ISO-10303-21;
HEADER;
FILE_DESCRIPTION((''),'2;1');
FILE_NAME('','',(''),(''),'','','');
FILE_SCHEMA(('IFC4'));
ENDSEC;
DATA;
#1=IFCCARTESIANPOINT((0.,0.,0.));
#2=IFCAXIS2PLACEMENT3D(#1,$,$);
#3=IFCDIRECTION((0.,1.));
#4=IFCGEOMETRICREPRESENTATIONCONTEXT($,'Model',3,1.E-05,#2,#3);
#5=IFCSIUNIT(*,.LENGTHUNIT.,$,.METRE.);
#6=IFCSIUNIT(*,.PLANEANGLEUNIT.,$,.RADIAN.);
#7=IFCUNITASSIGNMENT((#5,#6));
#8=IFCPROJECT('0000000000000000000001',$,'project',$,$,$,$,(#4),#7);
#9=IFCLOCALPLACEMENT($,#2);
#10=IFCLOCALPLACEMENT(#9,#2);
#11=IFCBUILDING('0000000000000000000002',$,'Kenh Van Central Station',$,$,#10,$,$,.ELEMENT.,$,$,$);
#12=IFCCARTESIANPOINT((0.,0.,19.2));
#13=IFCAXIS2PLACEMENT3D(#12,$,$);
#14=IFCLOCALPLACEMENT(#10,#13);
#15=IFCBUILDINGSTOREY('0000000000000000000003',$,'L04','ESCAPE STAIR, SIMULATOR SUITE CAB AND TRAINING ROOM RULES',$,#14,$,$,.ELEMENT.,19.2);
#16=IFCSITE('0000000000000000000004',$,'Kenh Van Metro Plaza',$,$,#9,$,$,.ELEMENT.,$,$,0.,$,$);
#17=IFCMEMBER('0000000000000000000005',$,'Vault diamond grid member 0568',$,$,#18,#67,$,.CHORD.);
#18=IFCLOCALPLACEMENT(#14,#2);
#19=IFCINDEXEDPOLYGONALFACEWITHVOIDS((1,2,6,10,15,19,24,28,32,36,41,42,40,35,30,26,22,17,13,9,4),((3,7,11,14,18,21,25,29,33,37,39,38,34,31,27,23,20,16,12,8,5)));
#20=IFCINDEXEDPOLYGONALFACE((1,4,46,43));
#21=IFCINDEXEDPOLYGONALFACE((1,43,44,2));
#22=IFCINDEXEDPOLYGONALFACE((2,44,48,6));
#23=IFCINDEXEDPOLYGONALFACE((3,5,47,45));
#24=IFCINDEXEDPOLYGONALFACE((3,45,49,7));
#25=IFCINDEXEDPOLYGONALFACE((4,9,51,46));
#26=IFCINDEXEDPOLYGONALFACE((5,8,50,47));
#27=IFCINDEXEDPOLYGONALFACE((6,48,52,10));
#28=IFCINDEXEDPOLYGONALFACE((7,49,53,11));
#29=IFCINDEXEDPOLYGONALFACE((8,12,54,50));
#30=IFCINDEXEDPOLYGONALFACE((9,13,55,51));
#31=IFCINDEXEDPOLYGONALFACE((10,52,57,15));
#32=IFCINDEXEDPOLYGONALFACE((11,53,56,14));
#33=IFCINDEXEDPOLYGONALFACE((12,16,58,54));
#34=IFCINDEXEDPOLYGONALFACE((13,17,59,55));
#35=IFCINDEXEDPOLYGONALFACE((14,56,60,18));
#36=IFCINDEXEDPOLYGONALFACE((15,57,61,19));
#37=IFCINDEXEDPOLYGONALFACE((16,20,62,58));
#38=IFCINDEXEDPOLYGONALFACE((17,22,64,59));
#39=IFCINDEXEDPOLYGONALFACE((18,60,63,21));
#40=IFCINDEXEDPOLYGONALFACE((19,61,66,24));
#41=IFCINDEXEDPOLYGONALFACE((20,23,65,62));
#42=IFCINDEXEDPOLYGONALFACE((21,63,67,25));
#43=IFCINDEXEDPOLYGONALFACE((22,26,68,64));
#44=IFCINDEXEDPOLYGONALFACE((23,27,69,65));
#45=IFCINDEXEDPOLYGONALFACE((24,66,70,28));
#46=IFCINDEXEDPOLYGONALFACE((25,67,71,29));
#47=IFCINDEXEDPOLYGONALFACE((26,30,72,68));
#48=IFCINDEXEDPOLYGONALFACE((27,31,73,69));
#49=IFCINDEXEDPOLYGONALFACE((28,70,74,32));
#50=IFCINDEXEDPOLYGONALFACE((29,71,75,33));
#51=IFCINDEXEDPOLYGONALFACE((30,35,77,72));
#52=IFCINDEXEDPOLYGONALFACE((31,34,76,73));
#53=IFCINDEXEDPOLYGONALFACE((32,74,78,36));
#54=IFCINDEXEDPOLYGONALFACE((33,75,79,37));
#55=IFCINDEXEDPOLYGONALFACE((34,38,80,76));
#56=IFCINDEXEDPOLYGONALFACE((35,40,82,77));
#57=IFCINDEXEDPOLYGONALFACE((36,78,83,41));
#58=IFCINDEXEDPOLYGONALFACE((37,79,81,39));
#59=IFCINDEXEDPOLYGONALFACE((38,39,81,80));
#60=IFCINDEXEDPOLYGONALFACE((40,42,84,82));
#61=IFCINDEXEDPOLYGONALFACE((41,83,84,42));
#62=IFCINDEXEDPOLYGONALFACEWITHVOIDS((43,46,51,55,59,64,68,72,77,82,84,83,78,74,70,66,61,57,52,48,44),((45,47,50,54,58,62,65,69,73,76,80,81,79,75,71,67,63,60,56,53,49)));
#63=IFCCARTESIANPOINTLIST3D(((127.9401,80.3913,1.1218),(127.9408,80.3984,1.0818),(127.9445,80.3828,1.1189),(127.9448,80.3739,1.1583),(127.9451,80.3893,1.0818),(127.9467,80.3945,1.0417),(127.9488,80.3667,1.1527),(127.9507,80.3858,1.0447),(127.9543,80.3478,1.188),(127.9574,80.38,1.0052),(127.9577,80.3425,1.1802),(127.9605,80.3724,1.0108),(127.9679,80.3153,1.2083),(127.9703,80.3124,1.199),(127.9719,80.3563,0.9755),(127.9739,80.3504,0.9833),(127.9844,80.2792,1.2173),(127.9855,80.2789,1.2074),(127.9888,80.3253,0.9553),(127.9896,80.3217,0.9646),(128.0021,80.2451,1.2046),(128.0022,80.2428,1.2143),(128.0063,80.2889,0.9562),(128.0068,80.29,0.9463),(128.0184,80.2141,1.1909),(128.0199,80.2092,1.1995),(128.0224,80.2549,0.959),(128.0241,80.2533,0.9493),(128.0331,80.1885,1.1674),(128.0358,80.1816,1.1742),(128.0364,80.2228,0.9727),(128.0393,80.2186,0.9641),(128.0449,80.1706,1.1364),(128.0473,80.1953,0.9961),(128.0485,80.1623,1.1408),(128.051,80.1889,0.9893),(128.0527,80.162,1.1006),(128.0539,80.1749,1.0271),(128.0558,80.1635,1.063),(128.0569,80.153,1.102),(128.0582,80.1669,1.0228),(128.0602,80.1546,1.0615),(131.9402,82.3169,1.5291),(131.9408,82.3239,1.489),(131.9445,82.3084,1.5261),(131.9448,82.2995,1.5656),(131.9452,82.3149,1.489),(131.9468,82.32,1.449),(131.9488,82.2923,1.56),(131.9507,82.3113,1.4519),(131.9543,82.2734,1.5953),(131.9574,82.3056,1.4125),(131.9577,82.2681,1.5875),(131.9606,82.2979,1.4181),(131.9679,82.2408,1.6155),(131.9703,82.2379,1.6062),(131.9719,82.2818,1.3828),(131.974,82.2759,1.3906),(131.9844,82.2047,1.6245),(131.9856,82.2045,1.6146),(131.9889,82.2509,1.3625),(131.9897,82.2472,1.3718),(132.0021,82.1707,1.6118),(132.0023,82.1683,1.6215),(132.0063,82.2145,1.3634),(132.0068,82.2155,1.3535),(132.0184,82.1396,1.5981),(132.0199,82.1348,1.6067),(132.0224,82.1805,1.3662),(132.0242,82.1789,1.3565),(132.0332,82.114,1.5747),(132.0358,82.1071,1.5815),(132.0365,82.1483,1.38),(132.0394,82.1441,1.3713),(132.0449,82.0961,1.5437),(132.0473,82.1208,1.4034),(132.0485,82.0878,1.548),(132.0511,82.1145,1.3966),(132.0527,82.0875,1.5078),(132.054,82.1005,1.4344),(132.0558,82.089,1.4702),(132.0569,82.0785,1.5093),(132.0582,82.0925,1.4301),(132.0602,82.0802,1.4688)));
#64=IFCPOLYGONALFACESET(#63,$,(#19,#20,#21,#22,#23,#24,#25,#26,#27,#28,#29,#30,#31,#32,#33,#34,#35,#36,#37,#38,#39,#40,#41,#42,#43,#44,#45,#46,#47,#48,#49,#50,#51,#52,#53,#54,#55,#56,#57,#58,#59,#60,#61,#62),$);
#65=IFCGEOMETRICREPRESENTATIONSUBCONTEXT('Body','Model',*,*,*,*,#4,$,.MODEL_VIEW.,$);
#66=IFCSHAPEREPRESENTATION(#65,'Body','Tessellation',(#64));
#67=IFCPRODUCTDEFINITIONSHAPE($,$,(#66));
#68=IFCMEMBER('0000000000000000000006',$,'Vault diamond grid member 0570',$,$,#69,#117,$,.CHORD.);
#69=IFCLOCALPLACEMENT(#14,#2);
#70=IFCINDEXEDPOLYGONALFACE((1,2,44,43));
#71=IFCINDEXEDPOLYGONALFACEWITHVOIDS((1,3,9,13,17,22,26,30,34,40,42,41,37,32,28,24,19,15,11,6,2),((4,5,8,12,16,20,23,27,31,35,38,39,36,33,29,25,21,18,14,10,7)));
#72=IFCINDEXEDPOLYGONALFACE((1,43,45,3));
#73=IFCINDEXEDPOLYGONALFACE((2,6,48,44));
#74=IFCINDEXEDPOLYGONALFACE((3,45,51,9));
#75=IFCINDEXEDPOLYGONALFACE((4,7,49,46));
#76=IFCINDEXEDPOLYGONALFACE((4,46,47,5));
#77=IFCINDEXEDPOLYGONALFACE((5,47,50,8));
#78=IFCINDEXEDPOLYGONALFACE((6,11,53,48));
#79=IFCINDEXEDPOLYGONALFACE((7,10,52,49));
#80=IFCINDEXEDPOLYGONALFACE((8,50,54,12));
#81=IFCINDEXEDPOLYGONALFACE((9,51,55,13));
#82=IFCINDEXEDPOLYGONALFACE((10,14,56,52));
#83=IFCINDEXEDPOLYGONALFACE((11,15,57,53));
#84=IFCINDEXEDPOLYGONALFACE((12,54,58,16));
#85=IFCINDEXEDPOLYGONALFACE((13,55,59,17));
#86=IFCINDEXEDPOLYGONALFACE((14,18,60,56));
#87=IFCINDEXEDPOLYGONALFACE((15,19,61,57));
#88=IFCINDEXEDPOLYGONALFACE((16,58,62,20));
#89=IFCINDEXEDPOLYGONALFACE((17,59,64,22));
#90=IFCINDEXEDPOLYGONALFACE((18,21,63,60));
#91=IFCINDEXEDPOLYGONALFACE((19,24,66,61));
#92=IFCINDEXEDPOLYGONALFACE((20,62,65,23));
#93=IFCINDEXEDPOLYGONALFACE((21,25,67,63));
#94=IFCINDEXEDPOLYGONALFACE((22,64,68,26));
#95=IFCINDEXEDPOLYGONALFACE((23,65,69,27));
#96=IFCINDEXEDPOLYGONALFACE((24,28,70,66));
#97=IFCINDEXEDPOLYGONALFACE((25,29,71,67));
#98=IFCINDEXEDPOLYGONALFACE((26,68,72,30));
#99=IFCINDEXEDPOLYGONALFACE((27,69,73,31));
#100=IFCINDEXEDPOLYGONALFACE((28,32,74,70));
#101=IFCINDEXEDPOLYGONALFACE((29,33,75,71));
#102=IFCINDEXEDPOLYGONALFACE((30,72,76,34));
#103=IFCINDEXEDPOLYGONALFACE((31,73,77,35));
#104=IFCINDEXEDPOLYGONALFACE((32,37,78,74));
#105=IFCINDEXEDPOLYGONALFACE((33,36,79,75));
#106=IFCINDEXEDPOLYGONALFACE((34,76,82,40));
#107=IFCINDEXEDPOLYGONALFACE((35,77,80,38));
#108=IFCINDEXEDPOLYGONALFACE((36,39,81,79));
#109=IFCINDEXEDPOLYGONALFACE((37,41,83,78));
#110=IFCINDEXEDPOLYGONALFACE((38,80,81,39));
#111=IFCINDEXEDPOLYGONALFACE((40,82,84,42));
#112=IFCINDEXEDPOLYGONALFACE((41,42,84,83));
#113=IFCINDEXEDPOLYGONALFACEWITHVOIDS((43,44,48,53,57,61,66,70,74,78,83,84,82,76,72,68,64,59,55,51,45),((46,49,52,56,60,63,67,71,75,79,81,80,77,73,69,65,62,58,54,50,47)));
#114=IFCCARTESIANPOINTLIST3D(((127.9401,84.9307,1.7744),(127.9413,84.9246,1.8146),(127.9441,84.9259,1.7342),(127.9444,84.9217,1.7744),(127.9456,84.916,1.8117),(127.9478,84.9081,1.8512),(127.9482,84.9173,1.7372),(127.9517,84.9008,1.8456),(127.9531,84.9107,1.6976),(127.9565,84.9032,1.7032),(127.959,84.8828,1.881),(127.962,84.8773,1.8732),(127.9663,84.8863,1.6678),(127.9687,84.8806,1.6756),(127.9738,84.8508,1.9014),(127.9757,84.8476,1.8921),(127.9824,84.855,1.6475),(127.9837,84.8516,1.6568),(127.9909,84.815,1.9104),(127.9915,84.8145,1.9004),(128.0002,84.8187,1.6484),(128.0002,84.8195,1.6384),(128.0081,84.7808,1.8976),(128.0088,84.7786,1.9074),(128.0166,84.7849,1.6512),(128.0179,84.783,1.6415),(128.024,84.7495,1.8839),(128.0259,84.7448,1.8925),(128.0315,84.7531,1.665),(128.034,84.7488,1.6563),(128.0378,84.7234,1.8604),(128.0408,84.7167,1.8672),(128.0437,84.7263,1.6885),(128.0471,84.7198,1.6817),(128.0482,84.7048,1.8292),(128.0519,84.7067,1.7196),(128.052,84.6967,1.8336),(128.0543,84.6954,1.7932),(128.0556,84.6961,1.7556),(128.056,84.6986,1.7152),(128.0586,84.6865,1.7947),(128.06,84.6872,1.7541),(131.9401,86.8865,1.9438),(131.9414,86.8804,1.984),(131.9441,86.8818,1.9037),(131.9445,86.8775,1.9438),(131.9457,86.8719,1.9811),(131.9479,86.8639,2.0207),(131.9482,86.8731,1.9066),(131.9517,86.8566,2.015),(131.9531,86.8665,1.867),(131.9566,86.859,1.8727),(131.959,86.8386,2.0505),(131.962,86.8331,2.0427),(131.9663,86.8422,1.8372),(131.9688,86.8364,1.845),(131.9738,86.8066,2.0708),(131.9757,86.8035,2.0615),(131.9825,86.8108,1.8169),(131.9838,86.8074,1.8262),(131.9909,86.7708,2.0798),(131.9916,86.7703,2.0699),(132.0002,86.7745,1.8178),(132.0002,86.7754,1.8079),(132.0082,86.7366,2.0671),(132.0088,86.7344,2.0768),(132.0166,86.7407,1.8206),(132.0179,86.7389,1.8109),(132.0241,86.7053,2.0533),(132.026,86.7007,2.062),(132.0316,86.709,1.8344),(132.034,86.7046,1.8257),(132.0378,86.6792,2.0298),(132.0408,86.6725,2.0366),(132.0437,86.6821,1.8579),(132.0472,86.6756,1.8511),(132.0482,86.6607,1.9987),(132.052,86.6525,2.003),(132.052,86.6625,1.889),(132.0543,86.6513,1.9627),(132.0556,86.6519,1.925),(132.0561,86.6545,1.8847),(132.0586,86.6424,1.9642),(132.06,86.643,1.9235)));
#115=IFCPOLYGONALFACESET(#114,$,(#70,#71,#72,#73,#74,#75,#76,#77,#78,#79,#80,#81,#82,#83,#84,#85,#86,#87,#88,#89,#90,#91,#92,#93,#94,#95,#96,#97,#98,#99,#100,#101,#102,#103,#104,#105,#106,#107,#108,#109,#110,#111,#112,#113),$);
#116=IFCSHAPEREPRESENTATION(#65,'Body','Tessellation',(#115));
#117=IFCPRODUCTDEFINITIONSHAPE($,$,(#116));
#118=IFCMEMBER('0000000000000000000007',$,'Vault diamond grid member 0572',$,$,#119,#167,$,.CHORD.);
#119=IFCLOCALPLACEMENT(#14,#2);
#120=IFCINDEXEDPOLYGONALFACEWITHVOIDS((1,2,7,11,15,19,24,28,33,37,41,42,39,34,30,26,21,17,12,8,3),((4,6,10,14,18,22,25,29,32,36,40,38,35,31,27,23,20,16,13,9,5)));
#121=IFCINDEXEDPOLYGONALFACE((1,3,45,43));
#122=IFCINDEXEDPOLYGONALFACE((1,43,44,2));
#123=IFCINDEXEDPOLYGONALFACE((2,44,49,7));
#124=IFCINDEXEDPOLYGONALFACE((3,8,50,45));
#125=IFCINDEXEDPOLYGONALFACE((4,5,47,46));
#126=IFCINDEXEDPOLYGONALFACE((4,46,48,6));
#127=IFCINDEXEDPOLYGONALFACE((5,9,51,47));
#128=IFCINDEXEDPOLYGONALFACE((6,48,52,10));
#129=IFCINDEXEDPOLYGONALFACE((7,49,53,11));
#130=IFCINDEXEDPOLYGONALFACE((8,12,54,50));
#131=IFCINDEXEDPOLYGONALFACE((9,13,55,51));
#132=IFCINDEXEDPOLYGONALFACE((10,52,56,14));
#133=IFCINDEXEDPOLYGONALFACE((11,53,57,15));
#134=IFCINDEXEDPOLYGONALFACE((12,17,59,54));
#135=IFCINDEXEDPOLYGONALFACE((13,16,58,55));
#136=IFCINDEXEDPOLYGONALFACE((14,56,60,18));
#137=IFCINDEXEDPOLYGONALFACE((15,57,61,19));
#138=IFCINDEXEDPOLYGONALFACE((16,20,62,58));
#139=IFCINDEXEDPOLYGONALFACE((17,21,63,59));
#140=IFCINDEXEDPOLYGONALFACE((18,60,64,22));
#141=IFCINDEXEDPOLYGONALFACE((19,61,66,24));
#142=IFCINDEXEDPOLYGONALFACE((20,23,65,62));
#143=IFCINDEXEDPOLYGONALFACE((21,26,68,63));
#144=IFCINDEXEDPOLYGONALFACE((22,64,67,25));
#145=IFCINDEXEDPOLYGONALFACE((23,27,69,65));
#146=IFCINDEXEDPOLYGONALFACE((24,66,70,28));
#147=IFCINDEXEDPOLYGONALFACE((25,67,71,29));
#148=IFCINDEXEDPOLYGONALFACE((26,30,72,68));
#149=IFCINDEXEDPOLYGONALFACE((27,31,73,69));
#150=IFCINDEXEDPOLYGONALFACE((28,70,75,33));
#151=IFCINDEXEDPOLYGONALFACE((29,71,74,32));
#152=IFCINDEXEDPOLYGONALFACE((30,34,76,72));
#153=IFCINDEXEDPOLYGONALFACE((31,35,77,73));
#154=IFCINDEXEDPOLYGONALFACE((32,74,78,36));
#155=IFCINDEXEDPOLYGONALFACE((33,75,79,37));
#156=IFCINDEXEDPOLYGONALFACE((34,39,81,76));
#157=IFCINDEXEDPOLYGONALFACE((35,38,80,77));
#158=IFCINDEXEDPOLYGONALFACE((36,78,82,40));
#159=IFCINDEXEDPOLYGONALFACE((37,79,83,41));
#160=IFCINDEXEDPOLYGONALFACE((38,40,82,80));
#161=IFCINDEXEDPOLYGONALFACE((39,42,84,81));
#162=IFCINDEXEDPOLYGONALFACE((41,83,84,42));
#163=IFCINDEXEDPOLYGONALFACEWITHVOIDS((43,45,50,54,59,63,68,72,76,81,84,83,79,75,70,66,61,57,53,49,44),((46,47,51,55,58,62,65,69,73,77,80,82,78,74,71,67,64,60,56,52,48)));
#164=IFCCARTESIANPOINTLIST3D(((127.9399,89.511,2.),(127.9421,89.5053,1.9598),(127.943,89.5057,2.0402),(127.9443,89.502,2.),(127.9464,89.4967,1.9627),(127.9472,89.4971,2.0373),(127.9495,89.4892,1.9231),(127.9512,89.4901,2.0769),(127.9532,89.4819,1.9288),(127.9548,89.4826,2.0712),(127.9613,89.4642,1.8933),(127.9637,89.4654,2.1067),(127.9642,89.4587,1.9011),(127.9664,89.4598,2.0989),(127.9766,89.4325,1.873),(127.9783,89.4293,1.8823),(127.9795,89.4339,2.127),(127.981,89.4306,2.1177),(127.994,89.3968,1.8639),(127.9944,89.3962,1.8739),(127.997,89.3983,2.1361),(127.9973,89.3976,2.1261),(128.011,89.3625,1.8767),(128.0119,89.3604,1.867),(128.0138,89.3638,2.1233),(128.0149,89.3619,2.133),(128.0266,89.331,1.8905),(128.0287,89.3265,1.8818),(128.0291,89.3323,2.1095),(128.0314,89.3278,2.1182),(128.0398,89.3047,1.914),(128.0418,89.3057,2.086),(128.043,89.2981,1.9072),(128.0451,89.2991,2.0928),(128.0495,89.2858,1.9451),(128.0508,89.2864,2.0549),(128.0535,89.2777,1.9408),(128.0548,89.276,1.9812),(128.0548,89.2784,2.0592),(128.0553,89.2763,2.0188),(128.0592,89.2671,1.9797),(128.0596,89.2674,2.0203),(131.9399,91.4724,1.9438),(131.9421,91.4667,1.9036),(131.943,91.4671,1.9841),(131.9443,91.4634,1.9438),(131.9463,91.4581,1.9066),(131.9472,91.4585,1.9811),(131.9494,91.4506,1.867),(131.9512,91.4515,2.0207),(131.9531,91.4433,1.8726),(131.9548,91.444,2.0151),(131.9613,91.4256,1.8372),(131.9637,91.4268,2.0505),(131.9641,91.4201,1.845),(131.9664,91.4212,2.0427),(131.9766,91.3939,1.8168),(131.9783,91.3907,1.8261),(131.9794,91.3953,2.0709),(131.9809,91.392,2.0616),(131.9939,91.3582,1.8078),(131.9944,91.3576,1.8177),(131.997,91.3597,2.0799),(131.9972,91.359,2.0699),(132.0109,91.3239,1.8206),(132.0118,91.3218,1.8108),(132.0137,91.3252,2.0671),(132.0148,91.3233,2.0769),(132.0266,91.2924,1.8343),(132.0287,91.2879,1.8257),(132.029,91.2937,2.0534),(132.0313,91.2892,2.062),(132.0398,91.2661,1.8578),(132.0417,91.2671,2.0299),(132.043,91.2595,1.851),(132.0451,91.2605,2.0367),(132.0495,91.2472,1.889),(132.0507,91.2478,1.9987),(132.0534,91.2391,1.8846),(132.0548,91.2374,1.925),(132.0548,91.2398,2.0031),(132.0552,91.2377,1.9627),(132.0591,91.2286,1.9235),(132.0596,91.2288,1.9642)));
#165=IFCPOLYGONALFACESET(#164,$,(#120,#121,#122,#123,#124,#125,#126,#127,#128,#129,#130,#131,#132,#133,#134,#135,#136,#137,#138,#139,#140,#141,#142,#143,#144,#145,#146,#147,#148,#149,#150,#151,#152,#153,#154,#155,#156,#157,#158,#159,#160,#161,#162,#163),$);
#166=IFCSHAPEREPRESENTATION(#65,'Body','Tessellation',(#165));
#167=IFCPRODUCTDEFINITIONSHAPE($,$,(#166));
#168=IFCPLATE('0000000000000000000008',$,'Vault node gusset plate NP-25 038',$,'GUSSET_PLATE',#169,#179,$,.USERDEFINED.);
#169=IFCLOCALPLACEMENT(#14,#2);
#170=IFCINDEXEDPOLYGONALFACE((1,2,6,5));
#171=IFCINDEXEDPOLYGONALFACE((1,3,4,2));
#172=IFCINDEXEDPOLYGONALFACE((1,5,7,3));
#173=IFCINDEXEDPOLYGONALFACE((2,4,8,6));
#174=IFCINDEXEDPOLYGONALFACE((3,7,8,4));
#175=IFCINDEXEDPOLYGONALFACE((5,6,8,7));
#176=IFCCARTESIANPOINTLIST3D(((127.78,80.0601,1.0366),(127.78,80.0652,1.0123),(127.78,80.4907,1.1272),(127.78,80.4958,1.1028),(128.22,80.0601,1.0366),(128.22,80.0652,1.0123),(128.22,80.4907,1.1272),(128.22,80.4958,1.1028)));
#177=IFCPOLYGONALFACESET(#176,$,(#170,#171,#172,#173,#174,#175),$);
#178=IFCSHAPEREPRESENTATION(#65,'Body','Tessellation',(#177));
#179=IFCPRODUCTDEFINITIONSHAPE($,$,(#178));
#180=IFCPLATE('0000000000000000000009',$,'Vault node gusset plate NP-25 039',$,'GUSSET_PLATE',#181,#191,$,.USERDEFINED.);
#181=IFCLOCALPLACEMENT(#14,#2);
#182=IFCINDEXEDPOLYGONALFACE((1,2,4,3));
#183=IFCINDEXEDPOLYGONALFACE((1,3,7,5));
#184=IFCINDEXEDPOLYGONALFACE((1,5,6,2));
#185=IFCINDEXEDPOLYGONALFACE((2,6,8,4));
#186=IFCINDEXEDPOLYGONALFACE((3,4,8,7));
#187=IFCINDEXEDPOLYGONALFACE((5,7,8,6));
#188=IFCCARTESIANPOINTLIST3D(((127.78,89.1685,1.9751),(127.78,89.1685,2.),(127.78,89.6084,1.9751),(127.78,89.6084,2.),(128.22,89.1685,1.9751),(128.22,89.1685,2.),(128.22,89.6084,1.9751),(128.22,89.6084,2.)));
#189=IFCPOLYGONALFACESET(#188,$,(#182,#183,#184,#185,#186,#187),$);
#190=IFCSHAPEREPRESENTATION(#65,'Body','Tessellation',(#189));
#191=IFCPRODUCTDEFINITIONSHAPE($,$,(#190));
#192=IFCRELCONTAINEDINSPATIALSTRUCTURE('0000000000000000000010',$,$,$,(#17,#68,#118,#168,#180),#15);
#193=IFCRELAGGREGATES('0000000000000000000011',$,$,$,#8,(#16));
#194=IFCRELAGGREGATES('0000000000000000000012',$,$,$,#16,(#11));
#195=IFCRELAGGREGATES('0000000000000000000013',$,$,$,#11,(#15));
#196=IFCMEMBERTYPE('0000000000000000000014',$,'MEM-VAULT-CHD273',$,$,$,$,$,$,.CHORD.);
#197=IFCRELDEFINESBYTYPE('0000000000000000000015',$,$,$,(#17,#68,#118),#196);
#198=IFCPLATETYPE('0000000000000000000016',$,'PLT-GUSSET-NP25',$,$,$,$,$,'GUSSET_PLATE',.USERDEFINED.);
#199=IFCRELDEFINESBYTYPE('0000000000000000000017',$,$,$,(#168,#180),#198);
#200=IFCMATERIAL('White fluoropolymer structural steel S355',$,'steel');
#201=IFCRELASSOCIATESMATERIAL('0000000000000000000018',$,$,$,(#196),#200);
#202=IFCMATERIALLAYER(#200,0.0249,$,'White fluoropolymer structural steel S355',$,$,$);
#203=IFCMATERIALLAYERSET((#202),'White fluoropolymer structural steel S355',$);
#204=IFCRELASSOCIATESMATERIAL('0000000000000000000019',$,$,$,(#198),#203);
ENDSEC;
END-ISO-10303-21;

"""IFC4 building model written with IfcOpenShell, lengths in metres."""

from ifc_helpers import new_model, si_unit, direction, frame, origin, origin_2d, place, context, subcontext, project, spatial, polyline, hollow_circle, outline, extrude, material, layer, layer_set, material_profile, profile_set, type_object, element, save


model = new_model("IFC4")

# Units and contexts
model_context = context("Model", 3, precision=1e-05, world=origin(), true_north=direction((0.0, 1.0)))
body_context = subcontext(model_context, "Body", "Model", "MODEL_VIEW")
ifc_project = project(units=[si_unit("LENGTHUNIT", "METRE"), si_unit("PLANEANGLEUNIT", "RADIAN")], contexts=[model_context])

# Site, building, storey
site_placement = place(None, origin())
site = spatial("IfcSite", under=ifc_project, at=site_placement, Name="Kenh Van Metro Plaza", CompositionType="ELEMENT", RefElevation=0.0)
building_placement = place(site_placement, origin())
building = spatial("IfcBuilding", under=site, at=building_placement, Name="Kenh Van Central Station", CompositionType="ELEMENT")
storey_placement = place(building_placement, frame((0.0, 0.0, 19.2)))
storey = spatial("IfcBuildingStorey", under=building, at=storey_placement, Name="L04", Description="ESCAPE STAIR, SIMULATOR SUITE CAB AND TRAINING ROOM RULES", CompositionType="ELEMENT", Elevation=19.2)

# Shared definitions
ifc_material_1 = material(Name="White fluoropolymer structural steel S355", Category="steel")

# Members
ifc_material_profile_1 = material_profile(ifc_material_1, hollow_circle(Radius=0.1365, WallThickness=0.01, at=origin_2d()), Name="CHS 273x10")
ifc_profile_set_1 = profile_set([ifc_material_profile_1], Name="White fluoropolymer structural steel S355")
member_type_1 = type_object("IfcMemberType", Name="MEM-VAULT-CHD273", PredefinedType="CHORD", material=ifc_profile_set_1)
member_1_placement = place(storey_placement, frame((128.0, 80.2754, 1.0818), z_axis=(0.897269, 0.431931, 0.091348), x_axis=(-0.433745, 0.901036, 0.0)))
element("IfcMember", 1, at=member_1_placement, inside=storey, type_object=member_type_1, Name="Vault diamond grid member 0568", PredefinedType="CHORD", context=body_context, shape_type="SweptSolid", body=[
    extrude(hollow_circle(Radius=0.1365, WallThickness=0.01, at=origin_2d()), origin(), (0.0, 0.0, 1.0), 4.458),
])
member_2_placement = place(storey_placement, frame((128.0, 84.8081, 1.7744), z_axis=(0.897712, 0.438939, 0.038026), x_axis=(-0.439256, 0.898362, 0.0)))
element("IfcMember", 2, at=member_2_placement, inside=storey, type_object=member_type_1, Name="Vault diamond grid member 0570", PredefinedType="CHORD", context=body_context, shape_type="SweptSolid", body=[
    extrude(hollow_circle(Radius=0.1365, WallThickness=0.01, at=origin_2d()), origin(), (0.0, 0.0, 1.0), 4.4558),
])
member_3_placement = place(storey_placement, frame((128.0, 89.3884, 2.0), z_axis=(0.897792, 0.440238, -0.012603), x_axis=(-0.440273, 0.897864, 0.0)))
element("IfcMember", 3, at=member_3_placement, inside=storey, type_object=member_type_1, Name="Vault diamond grid member 0572", PredefinedType="CHORD", context=body_context, shape_type="SweptSolid", body=[
    extrude(hollow_circle(Radius=0.1365, WallThickness=0.01, at=origin_2d()), origin(), (0.0, 0.0, 1.0), 4.4553),
])

# Plates
ifc_layer_1 = layer(ifc_material_1, 0.0249, Name="White fluoropolymer structural steel S355")
ifc_layer_set_1 = layer_set([ifc_layer_1], Name="White fluoropolymer structural steel S355")
plate_type_1 = type_object("IfcPlateType", Name="PLT-GUSSET-NP25", ElementType="GUSSET_PLATE", PredefinedType="USERDEFINED", material=ifc_layer_set_1)
plate_1_placement = place(storey_placement, frame((127.78, 80.0601, 1.0366), z_axis=(0.0, -0.205815, 0.978591), x_axis=(1.0, 0.0, 0.0)))
element("IfcPlate", 4, at=plate_1_placement, inside=storey, type_object=plate_type_1, Name="Vault node gusset plate NP-25 038", ObjectType="GUSSET_PLATE", PredefinedType="USERDEFINED", context=body_context, shape_type="SweptSolid", body=[
    extrude(outline(polyline([(0.0, 0.0), (0.4399, 0.0), (0.4399, 0.4401), (0.0, 0.4401), (0.0, 0.0)])), origin(), (0.0, 0.0, -1.0), 0.0249),
])
plate_2_placement = place(storey_placement, frame((127.78, 89.1685, 2.0), z_axis=(0.0, 0.0, 1.0), x_axis=(1.0, 0.0, 0.0)))
element("IfcPlate", 5, at=plate_2_placement, inside=storey, type_object=plate_type_1, Name="Vault node gusset plate NP-25 039", ObjectType="GUSSET_PLATE", PredefinedType="USERDEFINED", context=body_context, shape_type="SweptSolid", body=[
    extrude(outline(polyline([(0.0, 0.0), (0.4399, 0.0), (0.4399, 0.4399), (0.0, 0.4399), (0.0, 0.0)])), origin(), (0.0, 0.0, -1.0), 0.0249),
])

save(model, "model.ifc")
